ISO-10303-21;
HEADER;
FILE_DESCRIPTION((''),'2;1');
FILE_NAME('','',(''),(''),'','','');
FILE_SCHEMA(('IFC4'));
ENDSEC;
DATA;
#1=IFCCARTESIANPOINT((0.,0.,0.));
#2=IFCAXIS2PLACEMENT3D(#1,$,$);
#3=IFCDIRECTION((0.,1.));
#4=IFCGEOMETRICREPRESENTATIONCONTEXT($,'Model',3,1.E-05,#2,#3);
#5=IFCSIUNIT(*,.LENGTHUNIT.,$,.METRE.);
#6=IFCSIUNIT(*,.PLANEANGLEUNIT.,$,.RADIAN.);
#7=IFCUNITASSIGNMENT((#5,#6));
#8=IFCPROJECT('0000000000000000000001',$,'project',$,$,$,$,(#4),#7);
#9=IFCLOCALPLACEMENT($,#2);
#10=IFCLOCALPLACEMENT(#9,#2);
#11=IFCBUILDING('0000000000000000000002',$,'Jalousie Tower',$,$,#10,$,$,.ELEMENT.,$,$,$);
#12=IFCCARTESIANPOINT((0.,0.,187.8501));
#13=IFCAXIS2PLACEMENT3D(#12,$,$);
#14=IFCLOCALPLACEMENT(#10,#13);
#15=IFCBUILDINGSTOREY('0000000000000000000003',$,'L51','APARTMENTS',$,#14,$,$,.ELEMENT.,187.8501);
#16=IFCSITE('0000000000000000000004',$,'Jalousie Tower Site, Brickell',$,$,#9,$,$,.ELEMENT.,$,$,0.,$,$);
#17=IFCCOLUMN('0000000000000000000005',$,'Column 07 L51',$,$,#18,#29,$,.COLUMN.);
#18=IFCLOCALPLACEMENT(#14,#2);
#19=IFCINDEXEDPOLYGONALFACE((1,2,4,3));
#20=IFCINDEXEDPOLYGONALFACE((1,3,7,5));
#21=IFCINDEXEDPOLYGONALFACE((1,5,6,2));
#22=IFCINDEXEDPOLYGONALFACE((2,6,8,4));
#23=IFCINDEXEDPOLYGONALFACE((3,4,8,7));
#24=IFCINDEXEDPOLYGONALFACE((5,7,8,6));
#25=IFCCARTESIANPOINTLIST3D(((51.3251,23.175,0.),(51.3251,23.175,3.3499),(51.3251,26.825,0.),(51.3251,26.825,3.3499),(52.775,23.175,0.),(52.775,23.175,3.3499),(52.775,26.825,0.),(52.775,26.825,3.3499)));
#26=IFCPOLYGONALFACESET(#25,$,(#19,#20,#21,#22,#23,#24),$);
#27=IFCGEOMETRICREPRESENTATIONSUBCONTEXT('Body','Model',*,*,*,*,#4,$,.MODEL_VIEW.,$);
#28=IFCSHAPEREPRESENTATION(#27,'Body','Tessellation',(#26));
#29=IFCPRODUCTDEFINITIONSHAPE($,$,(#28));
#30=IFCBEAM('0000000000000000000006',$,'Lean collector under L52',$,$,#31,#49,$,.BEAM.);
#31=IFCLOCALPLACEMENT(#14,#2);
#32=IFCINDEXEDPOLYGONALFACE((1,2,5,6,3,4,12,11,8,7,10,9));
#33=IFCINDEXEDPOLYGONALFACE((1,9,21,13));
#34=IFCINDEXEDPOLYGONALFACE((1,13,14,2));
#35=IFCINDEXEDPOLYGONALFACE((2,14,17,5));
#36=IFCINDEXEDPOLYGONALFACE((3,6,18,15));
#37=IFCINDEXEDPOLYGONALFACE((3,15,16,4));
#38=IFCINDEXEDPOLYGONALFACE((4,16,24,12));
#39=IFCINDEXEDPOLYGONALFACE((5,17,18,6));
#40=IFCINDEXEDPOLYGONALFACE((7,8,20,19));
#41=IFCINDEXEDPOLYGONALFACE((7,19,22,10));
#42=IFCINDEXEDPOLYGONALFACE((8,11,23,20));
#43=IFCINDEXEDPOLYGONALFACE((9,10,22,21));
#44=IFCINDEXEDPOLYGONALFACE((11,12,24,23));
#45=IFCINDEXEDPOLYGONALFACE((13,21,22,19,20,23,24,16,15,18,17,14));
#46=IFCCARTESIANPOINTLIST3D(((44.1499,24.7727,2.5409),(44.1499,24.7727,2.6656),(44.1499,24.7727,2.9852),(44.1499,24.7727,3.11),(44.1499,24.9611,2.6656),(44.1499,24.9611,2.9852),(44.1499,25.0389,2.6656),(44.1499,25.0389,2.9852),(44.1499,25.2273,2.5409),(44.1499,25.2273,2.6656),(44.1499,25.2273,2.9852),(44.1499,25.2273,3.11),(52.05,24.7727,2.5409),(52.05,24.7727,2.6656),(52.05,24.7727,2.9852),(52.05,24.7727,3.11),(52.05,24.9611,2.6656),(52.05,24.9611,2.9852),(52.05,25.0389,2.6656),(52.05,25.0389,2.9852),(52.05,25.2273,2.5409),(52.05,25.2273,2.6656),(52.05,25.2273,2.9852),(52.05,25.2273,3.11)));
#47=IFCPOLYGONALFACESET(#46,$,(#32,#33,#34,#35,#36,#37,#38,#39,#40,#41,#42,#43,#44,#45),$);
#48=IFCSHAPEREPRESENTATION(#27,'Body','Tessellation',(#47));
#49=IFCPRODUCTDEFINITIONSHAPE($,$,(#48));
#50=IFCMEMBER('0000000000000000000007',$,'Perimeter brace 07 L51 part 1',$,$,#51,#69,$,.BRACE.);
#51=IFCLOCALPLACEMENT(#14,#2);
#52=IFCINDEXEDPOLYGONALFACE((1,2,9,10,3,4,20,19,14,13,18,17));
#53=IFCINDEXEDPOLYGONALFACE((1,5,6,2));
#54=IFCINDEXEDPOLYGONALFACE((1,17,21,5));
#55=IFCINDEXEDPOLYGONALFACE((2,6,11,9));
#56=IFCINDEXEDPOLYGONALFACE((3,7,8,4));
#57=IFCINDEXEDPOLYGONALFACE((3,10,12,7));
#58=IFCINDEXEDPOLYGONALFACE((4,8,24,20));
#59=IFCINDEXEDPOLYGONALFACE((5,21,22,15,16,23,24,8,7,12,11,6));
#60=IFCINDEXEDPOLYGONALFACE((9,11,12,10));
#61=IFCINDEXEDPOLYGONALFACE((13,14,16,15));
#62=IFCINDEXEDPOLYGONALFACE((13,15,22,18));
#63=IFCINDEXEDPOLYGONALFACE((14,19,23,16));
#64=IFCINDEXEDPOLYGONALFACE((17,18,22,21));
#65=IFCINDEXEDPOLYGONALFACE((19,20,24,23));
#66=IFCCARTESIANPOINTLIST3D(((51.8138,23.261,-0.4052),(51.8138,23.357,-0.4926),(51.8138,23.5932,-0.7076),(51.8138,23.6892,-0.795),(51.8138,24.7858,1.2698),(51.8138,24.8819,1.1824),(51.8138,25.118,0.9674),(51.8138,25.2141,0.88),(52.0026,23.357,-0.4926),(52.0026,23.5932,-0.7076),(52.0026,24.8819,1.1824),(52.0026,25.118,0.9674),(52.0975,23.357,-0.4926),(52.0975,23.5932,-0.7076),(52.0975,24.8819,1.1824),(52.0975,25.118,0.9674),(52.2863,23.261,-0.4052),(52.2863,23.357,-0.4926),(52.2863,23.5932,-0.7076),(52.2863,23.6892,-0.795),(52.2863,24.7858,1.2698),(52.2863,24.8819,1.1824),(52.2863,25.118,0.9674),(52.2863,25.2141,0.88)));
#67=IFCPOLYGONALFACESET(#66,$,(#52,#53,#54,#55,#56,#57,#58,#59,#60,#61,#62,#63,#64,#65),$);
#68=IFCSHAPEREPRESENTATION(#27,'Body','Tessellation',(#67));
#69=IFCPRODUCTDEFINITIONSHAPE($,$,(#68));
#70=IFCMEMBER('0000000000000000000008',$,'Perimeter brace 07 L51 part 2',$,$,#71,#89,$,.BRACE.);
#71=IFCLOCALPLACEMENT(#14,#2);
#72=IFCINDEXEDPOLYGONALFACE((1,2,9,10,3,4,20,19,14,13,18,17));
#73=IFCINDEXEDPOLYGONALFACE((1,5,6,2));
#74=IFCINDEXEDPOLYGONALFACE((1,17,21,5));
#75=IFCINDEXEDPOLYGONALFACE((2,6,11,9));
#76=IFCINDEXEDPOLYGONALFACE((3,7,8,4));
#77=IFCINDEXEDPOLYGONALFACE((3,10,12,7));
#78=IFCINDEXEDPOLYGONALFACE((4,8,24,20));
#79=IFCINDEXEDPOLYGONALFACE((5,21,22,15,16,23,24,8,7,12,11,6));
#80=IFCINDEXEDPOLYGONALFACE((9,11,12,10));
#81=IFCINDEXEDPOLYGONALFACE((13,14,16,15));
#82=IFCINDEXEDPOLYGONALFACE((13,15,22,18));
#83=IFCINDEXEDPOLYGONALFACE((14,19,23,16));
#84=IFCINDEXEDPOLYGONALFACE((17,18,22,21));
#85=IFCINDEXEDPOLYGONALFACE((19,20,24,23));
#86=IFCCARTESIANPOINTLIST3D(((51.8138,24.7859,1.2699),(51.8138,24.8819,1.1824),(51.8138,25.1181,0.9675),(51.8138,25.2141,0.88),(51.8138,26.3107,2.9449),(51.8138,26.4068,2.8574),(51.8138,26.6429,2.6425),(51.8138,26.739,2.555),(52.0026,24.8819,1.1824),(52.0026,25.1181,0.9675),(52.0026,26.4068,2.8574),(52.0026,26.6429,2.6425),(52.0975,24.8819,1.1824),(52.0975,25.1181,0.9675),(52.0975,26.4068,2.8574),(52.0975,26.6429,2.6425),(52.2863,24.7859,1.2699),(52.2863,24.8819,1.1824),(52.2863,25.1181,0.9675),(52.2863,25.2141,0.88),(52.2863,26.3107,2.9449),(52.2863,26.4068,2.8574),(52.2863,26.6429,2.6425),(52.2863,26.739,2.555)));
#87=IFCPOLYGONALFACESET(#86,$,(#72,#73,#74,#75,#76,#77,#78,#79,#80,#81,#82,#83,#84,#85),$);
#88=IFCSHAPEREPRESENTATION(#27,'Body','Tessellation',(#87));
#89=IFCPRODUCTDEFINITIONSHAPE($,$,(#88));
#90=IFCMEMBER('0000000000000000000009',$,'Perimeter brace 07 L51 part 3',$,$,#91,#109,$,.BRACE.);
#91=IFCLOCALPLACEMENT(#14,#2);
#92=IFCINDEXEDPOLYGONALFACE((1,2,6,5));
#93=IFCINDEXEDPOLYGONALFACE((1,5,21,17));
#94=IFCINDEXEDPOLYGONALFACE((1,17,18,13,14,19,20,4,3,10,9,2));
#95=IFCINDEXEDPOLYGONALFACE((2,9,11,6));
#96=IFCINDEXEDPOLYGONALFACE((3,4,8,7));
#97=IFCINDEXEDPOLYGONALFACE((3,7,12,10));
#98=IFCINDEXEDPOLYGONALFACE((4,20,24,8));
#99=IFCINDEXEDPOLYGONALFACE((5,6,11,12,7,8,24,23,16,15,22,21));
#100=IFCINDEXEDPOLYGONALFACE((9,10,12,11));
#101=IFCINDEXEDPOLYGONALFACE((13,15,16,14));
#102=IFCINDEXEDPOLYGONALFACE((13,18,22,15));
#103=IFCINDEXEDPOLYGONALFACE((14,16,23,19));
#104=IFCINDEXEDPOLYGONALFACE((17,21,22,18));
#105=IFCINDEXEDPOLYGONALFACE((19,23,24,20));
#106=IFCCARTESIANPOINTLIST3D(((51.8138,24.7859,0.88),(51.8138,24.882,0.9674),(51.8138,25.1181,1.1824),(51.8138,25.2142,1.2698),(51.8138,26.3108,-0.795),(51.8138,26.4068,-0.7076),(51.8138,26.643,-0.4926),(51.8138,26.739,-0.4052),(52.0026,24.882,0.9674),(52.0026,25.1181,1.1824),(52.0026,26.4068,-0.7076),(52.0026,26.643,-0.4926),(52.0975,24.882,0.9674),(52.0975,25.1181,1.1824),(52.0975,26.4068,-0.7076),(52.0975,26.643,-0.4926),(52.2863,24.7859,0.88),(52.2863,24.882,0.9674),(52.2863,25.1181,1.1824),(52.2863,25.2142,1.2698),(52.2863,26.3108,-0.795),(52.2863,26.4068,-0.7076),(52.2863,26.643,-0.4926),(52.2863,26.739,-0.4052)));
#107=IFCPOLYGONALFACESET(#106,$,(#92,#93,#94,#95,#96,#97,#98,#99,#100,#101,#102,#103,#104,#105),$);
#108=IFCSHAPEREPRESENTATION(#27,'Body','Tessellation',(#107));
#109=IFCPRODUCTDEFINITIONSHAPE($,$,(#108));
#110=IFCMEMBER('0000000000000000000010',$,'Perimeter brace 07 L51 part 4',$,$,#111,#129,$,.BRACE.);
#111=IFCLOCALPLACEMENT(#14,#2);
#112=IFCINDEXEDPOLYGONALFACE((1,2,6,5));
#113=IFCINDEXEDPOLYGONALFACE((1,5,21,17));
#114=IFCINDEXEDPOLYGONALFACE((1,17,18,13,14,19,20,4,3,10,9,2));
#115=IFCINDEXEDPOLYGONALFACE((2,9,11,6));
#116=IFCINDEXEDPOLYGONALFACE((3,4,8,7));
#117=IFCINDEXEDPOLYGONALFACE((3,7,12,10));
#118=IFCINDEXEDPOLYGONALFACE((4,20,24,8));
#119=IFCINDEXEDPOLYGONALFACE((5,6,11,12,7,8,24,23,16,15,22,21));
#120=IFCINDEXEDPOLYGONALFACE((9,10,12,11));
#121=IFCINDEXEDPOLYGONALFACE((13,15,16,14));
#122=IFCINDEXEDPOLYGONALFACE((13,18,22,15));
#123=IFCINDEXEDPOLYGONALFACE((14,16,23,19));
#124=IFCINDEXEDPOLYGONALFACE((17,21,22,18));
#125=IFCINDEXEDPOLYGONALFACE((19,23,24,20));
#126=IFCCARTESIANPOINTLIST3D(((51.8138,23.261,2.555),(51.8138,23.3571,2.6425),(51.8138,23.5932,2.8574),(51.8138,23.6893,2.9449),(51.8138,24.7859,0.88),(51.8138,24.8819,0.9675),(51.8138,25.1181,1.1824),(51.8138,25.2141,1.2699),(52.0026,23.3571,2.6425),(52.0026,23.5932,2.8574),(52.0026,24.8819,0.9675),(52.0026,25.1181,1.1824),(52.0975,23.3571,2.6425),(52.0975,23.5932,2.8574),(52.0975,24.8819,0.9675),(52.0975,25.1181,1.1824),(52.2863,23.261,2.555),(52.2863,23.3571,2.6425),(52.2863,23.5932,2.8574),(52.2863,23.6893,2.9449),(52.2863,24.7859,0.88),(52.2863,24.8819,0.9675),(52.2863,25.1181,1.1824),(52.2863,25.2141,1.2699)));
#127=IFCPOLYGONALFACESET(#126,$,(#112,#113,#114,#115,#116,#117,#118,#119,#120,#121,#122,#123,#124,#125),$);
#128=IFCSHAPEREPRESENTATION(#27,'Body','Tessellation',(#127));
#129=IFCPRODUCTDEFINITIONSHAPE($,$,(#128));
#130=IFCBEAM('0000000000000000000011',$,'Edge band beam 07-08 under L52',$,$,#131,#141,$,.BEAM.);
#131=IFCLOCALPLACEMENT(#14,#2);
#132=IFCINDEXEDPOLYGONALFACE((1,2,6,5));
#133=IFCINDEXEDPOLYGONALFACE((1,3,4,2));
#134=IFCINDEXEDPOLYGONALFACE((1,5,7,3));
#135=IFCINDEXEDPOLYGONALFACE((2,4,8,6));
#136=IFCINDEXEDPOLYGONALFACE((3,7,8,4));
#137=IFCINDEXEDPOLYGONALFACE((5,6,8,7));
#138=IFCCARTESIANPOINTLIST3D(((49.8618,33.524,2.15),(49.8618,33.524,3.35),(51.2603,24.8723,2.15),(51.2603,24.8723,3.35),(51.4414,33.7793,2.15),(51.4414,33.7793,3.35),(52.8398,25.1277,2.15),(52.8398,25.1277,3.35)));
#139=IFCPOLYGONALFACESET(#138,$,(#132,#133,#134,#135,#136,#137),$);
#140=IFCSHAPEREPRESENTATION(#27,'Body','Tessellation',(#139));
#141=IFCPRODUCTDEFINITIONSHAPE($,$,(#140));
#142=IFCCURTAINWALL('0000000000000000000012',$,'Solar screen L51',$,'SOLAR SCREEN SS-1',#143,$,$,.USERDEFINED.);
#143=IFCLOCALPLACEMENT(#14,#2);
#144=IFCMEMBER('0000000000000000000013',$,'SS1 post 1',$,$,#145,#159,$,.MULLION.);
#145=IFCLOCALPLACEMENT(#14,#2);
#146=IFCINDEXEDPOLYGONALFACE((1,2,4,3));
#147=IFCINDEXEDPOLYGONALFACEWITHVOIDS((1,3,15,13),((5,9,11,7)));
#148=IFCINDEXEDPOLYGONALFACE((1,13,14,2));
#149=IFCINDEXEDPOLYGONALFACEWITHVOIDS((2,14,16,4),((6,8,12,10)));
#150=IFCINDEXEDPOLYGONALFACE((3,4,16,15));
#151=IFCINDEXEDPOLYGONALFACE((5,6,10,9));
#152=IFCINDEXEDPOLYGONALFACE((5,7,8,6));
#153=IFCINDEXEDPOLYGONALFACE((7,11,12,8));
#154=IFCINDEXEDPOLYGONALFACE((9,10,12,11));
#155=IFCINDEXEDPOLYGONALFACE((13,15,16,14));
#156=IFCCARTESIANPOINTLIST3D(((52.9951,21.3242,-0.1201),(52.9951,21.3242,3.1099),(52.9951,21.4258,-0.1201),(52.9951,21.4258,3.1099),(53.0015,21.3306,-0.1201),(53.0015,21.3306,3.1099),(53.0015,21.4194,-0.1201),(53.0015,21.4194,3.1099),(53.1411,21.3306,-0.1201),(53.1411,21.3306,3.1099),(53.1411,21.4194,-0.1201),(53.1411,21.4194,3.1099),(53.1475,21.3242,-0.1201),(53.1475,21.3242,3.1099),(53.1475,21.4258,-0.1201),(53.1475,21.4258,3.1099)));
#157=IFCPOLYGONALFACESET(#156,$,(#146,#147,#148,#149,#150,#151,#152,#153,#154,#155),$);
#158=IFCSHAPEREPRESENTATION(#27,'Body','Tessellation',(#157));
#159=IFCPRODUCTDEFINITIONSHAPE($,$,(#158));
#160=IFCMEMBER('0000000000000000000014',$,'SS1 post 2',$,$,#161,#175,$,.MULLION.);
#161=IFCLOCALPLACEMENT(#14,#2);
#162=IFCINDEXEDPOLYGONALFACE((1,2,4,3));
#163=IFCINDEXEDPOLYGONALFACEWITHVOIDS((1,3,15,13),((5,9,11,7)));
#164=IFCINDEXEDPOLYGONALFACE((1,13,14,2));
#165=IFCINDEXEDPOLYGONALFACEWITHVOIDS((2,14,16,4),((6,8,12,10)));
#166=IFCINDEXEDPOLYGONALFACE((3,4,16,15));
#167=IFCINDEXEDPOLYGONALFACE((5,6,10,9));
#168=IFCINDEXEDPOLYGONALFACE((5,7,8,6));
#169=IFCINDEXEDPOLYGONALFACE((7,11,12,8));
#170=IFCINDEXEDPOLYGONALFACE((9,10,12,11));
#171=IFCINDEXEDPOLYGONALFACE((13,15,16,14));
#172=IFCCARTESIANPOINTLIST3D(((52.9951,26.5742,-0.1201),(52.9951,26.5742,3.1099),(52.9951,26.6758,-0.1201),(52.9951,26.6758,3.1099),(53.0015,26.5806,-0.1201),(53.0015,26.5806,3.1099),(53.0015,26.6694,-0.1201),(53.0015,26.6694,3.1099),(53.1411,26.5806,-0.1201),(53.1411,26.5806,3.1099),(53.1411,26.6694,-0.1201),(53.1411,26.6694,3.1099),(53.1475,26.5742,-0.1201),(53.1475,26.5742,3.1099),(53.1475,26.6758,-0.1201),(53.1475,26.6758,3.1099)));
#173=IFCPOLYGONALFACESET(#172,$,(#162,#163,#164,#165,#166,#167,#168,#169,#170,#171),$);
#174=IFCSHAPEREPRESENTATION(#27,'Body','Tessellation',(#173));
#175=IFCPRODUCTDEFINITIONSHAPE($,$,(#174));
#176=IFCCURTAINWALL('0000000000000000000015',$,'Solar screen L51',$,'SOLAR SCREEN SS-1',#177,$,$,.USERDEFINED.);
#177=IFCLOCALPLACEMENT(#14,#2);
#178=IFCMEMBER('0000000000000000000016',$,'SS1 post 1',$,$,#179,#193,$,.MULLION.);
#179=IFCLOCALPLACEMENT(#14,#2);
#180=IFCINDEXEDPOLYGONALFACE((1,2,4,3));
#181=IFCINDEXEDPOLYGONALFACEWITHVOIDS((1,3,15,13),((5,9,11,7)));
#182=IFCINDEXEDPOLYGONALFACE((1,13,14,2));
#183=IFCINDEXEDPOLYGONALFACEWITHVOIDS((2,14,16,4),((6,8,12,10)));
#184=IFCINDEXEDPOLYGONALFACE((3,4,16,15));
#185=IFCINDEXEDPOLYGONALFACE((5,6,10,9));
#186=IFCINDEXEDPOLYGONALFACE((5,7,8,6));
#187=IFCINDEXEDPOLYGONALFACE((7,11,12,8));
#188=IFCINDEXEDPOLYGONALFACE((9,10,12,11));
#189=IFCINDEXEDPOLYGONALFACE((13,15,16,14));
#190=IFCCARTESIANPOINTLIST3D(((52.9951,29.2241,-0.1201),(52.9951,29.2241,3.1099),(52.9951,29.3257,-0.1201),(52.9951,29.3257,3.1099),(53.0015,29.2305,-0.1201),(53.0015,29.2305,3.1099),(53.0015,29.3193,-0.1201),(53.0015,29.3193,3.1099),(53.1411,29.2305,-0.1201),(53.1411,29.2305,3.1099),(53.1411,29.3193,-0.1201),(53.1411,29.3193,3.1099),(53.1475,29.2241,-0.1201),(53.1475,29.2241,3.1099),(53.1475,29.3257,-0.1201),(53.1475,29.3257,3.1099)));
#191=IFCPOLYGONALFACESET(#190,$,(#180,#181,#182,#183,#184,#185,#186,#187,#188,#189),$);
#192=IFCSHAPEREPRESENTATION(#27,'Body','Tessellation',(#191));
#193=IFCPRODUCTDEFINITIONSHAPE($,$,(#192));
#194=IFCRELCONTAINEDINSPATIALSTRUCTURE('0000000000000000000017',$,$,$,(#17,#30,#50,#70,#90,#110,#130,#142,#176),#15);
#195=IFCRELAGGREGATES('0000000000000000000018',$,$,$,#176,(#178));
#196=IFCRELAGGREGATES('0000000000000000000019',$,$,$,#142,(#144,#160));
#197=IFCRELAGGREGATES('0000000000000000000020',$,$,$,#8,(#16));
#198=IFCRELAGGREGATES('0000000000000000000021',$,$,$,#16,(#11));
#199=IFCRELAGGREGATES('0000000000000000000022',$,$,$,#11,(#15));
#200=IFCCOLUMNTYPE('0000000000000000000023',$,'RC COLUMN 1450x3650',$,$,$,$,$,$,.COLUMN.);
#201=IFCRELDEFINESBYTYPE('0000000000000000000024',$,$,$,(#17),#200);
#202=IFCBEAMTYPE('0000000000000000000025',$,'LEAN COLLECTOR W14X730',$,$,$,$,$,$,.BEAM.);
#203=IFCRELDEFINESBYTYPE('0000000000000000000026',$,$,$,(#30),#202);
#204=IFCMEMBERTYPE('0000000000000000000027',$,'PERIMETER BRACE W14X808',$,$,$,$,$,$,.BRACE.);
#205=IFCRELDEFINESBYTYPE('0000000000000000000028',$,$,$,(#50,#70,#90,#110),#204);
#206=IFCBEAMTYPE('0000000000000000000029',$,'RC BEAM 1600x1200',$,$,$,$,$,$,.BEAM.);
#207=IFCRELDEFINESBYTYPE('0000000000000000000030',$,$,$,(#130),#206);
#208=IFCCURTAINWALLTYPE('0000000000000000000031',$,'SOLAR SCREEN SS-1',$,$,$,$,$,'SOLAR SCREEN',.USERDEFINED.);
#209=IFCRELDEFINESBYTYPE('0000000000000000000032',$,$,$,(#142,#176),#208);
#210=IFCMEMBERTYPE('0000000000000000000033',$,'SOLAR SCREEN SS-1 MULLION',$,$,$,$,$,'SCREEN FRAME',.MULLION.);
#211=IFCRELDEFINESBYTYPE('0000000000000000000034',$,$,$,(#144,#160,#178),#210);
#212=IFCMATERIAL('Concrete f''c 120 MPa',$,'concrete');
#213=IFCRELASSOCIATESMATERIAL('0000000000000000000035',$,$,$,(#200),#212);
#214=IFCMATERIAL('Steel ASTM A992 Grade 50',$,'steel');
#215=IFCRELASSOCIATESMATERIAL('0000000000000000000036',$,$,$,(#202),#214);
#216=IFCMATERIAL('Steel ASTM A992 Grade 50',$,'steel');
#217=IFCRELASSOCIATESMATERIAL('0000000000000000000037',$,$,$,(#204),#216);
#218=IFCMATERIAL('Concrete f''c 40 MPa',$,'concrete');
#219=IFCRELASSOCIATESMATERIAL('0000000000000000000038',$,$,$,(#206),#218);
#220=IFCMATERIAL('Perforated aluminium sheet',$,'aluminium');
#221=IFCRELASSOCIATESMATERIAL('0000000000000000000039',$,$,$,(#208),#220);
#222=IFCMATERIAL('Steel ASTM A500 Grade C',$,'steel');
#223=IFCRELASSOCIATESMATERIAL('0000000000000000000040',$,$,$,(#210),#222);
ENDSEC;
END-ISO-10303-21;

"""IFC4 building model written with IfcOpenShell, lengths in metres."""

from ifc_helpers import new_model, si_unit, direction, frame, origin, origin_2d, place, context, subcontext, project, spatial, rectangle, hollow_rectangle, i_section, extrude, material, material_profile, profile_set, type_object, element, aggregate, save


model = new_model("IFC4")

# Units and contexts
model_context = context("Model", 3, precision=1e-05, world=origin(), true_north=direction((0.0, 1.0)))
body_context = subcontext(model_context, "Body", "Model", "MODEL_VIEW")
ifc_project = project(units=[si_unit("LENGTHUNIT", "METRE"), si_unit("PLANEANGLEUNIT", "RADIAN")], contexts=[model_context])

# Site, building, storey
site_placement = place(None, origin())
site = spatial("IfcSite", under=ifc_project, at=site_placement, Name="Jalousie Tower Site, Brickell", CompositionType="ELEMENT", RefElevation=0.0)
building_placement = place(site_placement, origin())
building = spatial("IfcBuilding", under=site, at=building_placement, Name="Jalousie Tower", CompositionType="ELEMENT")
storey_placement = place(building_placement, frame((0.0, 0.0, 187.8501)))
storey = spatial("IfcBuildingStorey", under=building, at=storey_placement, Name="L51", Description="APARTMENTS", CompositionType="ELEMENT", Elevation=187.8501)

# Column
ifc_material_1 = material(Name="Concrete f'c 120 MPa", Category="concrete")
ifc_material_profile_1 = material_profile(ifc_material_1, rectangle(XDim=1.45, YDim=3.6499, at=origin_2d()), Name="RC 1450x3650")
ifc_profile_set_1 = profile_set([ifc_material_profile_1], Name="Concrete f'c 120 MPa")
column_type = type_object("IfcColumnType", Name="RC COLUMN 1450x3650", PredefinedType="COLUMN", material=ifc_profile_set_1)
column_placement = place(storey_placement, frame((52.05, 25.0, 0.0), z_axis=(0.0, 0.0, 1.0), x_axis=(1.0, 0.0, 0.0)))
element("IfcColumn", 1, at=column_placement, inside=storey, type_object=column_type, Name="Column 07 L51", PredefinedType="COLUMN", context=body_context, shape_type="SweptSolid", body=[
    extrude(rectangle(XDim=1.45, YDim=3.6499, at=origin_2d()), origin(), (0.0, 0.0, 1.0), 3.3499),
])

# Beam
ifc_material_2 = material(Name="Steel ASTM A992 Grade 50", Category="steel")
ifc_material_profile_2 = material_profile(ifc_material_2, i_section(OverallWidth=0.4546, OverallDepth=0.5691, WebThickness=0.0779, FlangeThickness=0.1248, at=origin_2d()), Name="W14X730")
ifc_profile_set_2 = profile_set([ifc_material_profile_2], Name="Steel ASTM A992 Grade 50")
beam_type_1 = type_object("IfcBeamType", Name="LEAN COLLECTOR W14X730", PredefinedType="BEAM", material=ifc_profile_set_2)
beam_1_placement = place(storey_placement, frame((52.05, 25.0, 2.8254), z_axis=(-1.0, 0.0, 0.0), x_axis=(0.0, -1.0, 0.0)))
element("IfcBeam", 2, at=beam_1_placement, inside=storey, type_object=beam_type_1, Name="Lean collector under L52", PredefinedType="BEAM", context=body_context, shape_type="SweptSolid", body=[
    extrude(i_section(OverallWidth=0.4546, OverallDepth=0.5691, WebThickness=0.0779, FlangeThickness=0.1248, at=origin_2d()), origin(), (0.0, 0.0, 1.0), 7.9001),
])

# Members
ifc_material_3 = material(Name="Steel ASTM A992 Grade 50", Category="steel")
ifc_material_profile_3 = material_profile(ifc_material_3, i_section(OverallWidth=0.4724, OverallDepth=0.5791, WebThickness=0.095, FlangeThickness=0.1299, at=origin_2d()), Name="W14X808")
ifc_profile_set_3 = profile_set([ifc_material_profile_3], Name="Steel ASTM A992 Grade 50")
member_type_1 = type_object("IfcMemberType", Name="PERIMETER BRACE W14X808", PredefinedType="BRACE", material=ifc_profile_set_3)
for number, where, z_axis, x_axis, name in (
    (3, (52.05, 23.4751, -0.6001), (0.0, 0.673188, 0.739472), (-1.0, 0.0, 0.0), "Perimeter brace 07 L51 part 1"),
    (4, (52.05, 25.0, 1.075), (0.0, 0.673188, 0.739472), (-1.0, 0.0, 0.0), "Perimeter brace 07 L51 part 2"),
    (5, (52.05, 26.5249, -0.6001), (0.0, -0.673188, 0.739472), (1.0, 0.0, 0.0), "Perimeter brace 07 L51 part 3"),
    (6, (52.05, 25.0, 1.075), (0.0, -0.673188, 0.739472), (1.0, 0.0, 0.0), "Perimeter brace 07 L51 part 4"),
):
    element("IfcMember", number, at=place(storey_placement, frame(where, z_axis=z_axis, x_axis=x_axis)), inside=storey, type_object=member_type_1, Name=name, PredefinedType="BRACE", context=body_context, shape_type="SweptSolid", body=[
        extrude(i_section(OverallWidth=0.4724, OverallDepth=0.5791, WebThickness=0.095, FlangeThickness=0.1299, at=origin_2d()), origin(), (0.0, 0.0, 1.0), 2.2651),
    ])

# Beam
ifc_material_4 = material(Name="Concrete f'c 40 MPa", Category="concrete")
ifc_material_profile_4 = material_profile(ifc_material_4, rectangle(XDim=1.6001, YDim=1.2, at=origin_2d()), Name="RC 1600x1200")
ifc_profile_set_4 = profile_set([ifc_material_profile_4], Name="Concrete f'c 40 MPa")
beam_type_2 = type_object("IfcBeamType", Name="RC BEAM 1600x1200", PredefinedType="BEAM", material=ifc_profile_set_4)
beam_2_placement = place(storey_placement, frame((52.05, 25.0, 2.75), z_axis=(-0.159568, 0.987187, 0.0), x_axis=(-0.987187, -0.159568, 0.0)))
element("IfcBeam", 7, at=beam_2_placement, inside=storey, type_object=beam_type_2, Name="Edge band beam 07-08 under L52", PredefinedType="BEAM", context=body_context, shape_type="SweptSolid", body=[
    extrude(rectangle(XDim=1.6001, YDim=1.2, at=origin_2d()), origin(), (0.0, 0.0, 1.0), 8.7639),
])

# Curtain wall, members
ifc_material_5 = material(Name="Perforated aluminium sheet", Category="aluminium")
curtain_wall_type = type_object("IfcCurtainWallType", Name="SOLAR SCREEN SS-1", ElementType="SOLAR SCREEN", PredefinedType="USERDEFINED", material=ifc_material_5)
curtain_wall_1_placement = place(storey_placement, origin())
curtain_wall_1 = element("IfcCurtainWall", 8, at=curtain_wall_1_placement, inside=storey, type_object=curtain_wall_type, Name="Solar screen L51", ObjectType="SOLAR SCREEN SS-1", PredefinedType="USERDEFINED")
ifc_material_6 = material(Name="Steel ASTM A500 Grade C", Category="steel")
ifc_material_profile_5 = material_profile(ifc_material_6, hollow_rectangle(XDim=0.1016, YDim=0.1523, WallThickness=0.0063, at=origin_2d()), Name="HSS6X4X1/4")
ifc_profile_set_5 = profile_set([ifc_material_profile_5], Name="Steel ASTM A500 Grade C")
member_type_2 = type_object("IfcMemberType", Name="SOLAR SCREEN SS-1 MULLION", ElementType="SCREEN FRAME", PredefinedType="MULLION", material=ifc_profile_set_5)
member_1_placement = place(storey_placement, frame((53.0713, 21.375, -0.1201), z_axis=(0.0, 0.0, 1.0), x_axis=(0.0, 1.0, 0.0)))
member_1 = element("IfcMember", 9, at=member_1_placement, type_object=member_type_2, Name="SS1 post 1", PredefinedType="MULLION", context=body_context, shape_type="SweptSolid", body=[
    extrude(hollow_rectangle(XDim=0.1016, YDim=0.1523, WallThickness=0.0063, at=origin_2d()), origin(), (0.0, 0.0, 1.0), 3.23),
])
member_2_placement = place(storey_placement, frame((53.0713, 26.625, -0.1201), z_axis=(0.0, 0.0, 1.0), x_axis=(0.0, 1.0, 0.0)))
member_2 = element("IfcMember", 10, at=member_2_placement, type_object=member_type_2, Name="SS1 post 2", PredefinedType="MULLION", context=body_context, shape_type="SweptSolid", body=[
    extrude(hollow_rectangle(XDim=0.1016, YDim=0.1523, WallThickness=0.0063, at=origin_2d()), origin(), (0.0, 0.0, 1.0), 3.23),
])

# Curtain wall, member
curtain_wall_2_placement = place(storey_placement, origin())
curtain_wall_2 = element("IfcCurtainWall", 11, at=curtain_wall_2_placement, inside=storey, type_object=curtain_wall_type, Name="Solar screen L51", ObjectType="SOLAR SCREEN SS-1", PredefinedType="USERDEFINED")
member_3_placement = place(storey_placement, frame((53.0713, 29.2749, -0.1201), z_axis=(0.0, 0.0, 1.0), x_axis=(0.0, 1.0, 0.0)))
member_3 = element("IfcMember", 12, at=member_3_placement, type_object=member_type_2, Name="SS1 post 1", PredefinedType="MULLION", context=body_context, shape_type="SweptSolid", body=[
    extrude(hollow_rectangle(XDim=0.1016, YDim=0.1523, WallThickness=0.0063, at=origin_2d()), origin(), (0.0, 0.0, 1.0), 3.23),
])

aggregate(curtain_wall_2, [member_3])

aggregate(curtain_wall_1, [member_1, member_2])

save(model, "model.ifc")
